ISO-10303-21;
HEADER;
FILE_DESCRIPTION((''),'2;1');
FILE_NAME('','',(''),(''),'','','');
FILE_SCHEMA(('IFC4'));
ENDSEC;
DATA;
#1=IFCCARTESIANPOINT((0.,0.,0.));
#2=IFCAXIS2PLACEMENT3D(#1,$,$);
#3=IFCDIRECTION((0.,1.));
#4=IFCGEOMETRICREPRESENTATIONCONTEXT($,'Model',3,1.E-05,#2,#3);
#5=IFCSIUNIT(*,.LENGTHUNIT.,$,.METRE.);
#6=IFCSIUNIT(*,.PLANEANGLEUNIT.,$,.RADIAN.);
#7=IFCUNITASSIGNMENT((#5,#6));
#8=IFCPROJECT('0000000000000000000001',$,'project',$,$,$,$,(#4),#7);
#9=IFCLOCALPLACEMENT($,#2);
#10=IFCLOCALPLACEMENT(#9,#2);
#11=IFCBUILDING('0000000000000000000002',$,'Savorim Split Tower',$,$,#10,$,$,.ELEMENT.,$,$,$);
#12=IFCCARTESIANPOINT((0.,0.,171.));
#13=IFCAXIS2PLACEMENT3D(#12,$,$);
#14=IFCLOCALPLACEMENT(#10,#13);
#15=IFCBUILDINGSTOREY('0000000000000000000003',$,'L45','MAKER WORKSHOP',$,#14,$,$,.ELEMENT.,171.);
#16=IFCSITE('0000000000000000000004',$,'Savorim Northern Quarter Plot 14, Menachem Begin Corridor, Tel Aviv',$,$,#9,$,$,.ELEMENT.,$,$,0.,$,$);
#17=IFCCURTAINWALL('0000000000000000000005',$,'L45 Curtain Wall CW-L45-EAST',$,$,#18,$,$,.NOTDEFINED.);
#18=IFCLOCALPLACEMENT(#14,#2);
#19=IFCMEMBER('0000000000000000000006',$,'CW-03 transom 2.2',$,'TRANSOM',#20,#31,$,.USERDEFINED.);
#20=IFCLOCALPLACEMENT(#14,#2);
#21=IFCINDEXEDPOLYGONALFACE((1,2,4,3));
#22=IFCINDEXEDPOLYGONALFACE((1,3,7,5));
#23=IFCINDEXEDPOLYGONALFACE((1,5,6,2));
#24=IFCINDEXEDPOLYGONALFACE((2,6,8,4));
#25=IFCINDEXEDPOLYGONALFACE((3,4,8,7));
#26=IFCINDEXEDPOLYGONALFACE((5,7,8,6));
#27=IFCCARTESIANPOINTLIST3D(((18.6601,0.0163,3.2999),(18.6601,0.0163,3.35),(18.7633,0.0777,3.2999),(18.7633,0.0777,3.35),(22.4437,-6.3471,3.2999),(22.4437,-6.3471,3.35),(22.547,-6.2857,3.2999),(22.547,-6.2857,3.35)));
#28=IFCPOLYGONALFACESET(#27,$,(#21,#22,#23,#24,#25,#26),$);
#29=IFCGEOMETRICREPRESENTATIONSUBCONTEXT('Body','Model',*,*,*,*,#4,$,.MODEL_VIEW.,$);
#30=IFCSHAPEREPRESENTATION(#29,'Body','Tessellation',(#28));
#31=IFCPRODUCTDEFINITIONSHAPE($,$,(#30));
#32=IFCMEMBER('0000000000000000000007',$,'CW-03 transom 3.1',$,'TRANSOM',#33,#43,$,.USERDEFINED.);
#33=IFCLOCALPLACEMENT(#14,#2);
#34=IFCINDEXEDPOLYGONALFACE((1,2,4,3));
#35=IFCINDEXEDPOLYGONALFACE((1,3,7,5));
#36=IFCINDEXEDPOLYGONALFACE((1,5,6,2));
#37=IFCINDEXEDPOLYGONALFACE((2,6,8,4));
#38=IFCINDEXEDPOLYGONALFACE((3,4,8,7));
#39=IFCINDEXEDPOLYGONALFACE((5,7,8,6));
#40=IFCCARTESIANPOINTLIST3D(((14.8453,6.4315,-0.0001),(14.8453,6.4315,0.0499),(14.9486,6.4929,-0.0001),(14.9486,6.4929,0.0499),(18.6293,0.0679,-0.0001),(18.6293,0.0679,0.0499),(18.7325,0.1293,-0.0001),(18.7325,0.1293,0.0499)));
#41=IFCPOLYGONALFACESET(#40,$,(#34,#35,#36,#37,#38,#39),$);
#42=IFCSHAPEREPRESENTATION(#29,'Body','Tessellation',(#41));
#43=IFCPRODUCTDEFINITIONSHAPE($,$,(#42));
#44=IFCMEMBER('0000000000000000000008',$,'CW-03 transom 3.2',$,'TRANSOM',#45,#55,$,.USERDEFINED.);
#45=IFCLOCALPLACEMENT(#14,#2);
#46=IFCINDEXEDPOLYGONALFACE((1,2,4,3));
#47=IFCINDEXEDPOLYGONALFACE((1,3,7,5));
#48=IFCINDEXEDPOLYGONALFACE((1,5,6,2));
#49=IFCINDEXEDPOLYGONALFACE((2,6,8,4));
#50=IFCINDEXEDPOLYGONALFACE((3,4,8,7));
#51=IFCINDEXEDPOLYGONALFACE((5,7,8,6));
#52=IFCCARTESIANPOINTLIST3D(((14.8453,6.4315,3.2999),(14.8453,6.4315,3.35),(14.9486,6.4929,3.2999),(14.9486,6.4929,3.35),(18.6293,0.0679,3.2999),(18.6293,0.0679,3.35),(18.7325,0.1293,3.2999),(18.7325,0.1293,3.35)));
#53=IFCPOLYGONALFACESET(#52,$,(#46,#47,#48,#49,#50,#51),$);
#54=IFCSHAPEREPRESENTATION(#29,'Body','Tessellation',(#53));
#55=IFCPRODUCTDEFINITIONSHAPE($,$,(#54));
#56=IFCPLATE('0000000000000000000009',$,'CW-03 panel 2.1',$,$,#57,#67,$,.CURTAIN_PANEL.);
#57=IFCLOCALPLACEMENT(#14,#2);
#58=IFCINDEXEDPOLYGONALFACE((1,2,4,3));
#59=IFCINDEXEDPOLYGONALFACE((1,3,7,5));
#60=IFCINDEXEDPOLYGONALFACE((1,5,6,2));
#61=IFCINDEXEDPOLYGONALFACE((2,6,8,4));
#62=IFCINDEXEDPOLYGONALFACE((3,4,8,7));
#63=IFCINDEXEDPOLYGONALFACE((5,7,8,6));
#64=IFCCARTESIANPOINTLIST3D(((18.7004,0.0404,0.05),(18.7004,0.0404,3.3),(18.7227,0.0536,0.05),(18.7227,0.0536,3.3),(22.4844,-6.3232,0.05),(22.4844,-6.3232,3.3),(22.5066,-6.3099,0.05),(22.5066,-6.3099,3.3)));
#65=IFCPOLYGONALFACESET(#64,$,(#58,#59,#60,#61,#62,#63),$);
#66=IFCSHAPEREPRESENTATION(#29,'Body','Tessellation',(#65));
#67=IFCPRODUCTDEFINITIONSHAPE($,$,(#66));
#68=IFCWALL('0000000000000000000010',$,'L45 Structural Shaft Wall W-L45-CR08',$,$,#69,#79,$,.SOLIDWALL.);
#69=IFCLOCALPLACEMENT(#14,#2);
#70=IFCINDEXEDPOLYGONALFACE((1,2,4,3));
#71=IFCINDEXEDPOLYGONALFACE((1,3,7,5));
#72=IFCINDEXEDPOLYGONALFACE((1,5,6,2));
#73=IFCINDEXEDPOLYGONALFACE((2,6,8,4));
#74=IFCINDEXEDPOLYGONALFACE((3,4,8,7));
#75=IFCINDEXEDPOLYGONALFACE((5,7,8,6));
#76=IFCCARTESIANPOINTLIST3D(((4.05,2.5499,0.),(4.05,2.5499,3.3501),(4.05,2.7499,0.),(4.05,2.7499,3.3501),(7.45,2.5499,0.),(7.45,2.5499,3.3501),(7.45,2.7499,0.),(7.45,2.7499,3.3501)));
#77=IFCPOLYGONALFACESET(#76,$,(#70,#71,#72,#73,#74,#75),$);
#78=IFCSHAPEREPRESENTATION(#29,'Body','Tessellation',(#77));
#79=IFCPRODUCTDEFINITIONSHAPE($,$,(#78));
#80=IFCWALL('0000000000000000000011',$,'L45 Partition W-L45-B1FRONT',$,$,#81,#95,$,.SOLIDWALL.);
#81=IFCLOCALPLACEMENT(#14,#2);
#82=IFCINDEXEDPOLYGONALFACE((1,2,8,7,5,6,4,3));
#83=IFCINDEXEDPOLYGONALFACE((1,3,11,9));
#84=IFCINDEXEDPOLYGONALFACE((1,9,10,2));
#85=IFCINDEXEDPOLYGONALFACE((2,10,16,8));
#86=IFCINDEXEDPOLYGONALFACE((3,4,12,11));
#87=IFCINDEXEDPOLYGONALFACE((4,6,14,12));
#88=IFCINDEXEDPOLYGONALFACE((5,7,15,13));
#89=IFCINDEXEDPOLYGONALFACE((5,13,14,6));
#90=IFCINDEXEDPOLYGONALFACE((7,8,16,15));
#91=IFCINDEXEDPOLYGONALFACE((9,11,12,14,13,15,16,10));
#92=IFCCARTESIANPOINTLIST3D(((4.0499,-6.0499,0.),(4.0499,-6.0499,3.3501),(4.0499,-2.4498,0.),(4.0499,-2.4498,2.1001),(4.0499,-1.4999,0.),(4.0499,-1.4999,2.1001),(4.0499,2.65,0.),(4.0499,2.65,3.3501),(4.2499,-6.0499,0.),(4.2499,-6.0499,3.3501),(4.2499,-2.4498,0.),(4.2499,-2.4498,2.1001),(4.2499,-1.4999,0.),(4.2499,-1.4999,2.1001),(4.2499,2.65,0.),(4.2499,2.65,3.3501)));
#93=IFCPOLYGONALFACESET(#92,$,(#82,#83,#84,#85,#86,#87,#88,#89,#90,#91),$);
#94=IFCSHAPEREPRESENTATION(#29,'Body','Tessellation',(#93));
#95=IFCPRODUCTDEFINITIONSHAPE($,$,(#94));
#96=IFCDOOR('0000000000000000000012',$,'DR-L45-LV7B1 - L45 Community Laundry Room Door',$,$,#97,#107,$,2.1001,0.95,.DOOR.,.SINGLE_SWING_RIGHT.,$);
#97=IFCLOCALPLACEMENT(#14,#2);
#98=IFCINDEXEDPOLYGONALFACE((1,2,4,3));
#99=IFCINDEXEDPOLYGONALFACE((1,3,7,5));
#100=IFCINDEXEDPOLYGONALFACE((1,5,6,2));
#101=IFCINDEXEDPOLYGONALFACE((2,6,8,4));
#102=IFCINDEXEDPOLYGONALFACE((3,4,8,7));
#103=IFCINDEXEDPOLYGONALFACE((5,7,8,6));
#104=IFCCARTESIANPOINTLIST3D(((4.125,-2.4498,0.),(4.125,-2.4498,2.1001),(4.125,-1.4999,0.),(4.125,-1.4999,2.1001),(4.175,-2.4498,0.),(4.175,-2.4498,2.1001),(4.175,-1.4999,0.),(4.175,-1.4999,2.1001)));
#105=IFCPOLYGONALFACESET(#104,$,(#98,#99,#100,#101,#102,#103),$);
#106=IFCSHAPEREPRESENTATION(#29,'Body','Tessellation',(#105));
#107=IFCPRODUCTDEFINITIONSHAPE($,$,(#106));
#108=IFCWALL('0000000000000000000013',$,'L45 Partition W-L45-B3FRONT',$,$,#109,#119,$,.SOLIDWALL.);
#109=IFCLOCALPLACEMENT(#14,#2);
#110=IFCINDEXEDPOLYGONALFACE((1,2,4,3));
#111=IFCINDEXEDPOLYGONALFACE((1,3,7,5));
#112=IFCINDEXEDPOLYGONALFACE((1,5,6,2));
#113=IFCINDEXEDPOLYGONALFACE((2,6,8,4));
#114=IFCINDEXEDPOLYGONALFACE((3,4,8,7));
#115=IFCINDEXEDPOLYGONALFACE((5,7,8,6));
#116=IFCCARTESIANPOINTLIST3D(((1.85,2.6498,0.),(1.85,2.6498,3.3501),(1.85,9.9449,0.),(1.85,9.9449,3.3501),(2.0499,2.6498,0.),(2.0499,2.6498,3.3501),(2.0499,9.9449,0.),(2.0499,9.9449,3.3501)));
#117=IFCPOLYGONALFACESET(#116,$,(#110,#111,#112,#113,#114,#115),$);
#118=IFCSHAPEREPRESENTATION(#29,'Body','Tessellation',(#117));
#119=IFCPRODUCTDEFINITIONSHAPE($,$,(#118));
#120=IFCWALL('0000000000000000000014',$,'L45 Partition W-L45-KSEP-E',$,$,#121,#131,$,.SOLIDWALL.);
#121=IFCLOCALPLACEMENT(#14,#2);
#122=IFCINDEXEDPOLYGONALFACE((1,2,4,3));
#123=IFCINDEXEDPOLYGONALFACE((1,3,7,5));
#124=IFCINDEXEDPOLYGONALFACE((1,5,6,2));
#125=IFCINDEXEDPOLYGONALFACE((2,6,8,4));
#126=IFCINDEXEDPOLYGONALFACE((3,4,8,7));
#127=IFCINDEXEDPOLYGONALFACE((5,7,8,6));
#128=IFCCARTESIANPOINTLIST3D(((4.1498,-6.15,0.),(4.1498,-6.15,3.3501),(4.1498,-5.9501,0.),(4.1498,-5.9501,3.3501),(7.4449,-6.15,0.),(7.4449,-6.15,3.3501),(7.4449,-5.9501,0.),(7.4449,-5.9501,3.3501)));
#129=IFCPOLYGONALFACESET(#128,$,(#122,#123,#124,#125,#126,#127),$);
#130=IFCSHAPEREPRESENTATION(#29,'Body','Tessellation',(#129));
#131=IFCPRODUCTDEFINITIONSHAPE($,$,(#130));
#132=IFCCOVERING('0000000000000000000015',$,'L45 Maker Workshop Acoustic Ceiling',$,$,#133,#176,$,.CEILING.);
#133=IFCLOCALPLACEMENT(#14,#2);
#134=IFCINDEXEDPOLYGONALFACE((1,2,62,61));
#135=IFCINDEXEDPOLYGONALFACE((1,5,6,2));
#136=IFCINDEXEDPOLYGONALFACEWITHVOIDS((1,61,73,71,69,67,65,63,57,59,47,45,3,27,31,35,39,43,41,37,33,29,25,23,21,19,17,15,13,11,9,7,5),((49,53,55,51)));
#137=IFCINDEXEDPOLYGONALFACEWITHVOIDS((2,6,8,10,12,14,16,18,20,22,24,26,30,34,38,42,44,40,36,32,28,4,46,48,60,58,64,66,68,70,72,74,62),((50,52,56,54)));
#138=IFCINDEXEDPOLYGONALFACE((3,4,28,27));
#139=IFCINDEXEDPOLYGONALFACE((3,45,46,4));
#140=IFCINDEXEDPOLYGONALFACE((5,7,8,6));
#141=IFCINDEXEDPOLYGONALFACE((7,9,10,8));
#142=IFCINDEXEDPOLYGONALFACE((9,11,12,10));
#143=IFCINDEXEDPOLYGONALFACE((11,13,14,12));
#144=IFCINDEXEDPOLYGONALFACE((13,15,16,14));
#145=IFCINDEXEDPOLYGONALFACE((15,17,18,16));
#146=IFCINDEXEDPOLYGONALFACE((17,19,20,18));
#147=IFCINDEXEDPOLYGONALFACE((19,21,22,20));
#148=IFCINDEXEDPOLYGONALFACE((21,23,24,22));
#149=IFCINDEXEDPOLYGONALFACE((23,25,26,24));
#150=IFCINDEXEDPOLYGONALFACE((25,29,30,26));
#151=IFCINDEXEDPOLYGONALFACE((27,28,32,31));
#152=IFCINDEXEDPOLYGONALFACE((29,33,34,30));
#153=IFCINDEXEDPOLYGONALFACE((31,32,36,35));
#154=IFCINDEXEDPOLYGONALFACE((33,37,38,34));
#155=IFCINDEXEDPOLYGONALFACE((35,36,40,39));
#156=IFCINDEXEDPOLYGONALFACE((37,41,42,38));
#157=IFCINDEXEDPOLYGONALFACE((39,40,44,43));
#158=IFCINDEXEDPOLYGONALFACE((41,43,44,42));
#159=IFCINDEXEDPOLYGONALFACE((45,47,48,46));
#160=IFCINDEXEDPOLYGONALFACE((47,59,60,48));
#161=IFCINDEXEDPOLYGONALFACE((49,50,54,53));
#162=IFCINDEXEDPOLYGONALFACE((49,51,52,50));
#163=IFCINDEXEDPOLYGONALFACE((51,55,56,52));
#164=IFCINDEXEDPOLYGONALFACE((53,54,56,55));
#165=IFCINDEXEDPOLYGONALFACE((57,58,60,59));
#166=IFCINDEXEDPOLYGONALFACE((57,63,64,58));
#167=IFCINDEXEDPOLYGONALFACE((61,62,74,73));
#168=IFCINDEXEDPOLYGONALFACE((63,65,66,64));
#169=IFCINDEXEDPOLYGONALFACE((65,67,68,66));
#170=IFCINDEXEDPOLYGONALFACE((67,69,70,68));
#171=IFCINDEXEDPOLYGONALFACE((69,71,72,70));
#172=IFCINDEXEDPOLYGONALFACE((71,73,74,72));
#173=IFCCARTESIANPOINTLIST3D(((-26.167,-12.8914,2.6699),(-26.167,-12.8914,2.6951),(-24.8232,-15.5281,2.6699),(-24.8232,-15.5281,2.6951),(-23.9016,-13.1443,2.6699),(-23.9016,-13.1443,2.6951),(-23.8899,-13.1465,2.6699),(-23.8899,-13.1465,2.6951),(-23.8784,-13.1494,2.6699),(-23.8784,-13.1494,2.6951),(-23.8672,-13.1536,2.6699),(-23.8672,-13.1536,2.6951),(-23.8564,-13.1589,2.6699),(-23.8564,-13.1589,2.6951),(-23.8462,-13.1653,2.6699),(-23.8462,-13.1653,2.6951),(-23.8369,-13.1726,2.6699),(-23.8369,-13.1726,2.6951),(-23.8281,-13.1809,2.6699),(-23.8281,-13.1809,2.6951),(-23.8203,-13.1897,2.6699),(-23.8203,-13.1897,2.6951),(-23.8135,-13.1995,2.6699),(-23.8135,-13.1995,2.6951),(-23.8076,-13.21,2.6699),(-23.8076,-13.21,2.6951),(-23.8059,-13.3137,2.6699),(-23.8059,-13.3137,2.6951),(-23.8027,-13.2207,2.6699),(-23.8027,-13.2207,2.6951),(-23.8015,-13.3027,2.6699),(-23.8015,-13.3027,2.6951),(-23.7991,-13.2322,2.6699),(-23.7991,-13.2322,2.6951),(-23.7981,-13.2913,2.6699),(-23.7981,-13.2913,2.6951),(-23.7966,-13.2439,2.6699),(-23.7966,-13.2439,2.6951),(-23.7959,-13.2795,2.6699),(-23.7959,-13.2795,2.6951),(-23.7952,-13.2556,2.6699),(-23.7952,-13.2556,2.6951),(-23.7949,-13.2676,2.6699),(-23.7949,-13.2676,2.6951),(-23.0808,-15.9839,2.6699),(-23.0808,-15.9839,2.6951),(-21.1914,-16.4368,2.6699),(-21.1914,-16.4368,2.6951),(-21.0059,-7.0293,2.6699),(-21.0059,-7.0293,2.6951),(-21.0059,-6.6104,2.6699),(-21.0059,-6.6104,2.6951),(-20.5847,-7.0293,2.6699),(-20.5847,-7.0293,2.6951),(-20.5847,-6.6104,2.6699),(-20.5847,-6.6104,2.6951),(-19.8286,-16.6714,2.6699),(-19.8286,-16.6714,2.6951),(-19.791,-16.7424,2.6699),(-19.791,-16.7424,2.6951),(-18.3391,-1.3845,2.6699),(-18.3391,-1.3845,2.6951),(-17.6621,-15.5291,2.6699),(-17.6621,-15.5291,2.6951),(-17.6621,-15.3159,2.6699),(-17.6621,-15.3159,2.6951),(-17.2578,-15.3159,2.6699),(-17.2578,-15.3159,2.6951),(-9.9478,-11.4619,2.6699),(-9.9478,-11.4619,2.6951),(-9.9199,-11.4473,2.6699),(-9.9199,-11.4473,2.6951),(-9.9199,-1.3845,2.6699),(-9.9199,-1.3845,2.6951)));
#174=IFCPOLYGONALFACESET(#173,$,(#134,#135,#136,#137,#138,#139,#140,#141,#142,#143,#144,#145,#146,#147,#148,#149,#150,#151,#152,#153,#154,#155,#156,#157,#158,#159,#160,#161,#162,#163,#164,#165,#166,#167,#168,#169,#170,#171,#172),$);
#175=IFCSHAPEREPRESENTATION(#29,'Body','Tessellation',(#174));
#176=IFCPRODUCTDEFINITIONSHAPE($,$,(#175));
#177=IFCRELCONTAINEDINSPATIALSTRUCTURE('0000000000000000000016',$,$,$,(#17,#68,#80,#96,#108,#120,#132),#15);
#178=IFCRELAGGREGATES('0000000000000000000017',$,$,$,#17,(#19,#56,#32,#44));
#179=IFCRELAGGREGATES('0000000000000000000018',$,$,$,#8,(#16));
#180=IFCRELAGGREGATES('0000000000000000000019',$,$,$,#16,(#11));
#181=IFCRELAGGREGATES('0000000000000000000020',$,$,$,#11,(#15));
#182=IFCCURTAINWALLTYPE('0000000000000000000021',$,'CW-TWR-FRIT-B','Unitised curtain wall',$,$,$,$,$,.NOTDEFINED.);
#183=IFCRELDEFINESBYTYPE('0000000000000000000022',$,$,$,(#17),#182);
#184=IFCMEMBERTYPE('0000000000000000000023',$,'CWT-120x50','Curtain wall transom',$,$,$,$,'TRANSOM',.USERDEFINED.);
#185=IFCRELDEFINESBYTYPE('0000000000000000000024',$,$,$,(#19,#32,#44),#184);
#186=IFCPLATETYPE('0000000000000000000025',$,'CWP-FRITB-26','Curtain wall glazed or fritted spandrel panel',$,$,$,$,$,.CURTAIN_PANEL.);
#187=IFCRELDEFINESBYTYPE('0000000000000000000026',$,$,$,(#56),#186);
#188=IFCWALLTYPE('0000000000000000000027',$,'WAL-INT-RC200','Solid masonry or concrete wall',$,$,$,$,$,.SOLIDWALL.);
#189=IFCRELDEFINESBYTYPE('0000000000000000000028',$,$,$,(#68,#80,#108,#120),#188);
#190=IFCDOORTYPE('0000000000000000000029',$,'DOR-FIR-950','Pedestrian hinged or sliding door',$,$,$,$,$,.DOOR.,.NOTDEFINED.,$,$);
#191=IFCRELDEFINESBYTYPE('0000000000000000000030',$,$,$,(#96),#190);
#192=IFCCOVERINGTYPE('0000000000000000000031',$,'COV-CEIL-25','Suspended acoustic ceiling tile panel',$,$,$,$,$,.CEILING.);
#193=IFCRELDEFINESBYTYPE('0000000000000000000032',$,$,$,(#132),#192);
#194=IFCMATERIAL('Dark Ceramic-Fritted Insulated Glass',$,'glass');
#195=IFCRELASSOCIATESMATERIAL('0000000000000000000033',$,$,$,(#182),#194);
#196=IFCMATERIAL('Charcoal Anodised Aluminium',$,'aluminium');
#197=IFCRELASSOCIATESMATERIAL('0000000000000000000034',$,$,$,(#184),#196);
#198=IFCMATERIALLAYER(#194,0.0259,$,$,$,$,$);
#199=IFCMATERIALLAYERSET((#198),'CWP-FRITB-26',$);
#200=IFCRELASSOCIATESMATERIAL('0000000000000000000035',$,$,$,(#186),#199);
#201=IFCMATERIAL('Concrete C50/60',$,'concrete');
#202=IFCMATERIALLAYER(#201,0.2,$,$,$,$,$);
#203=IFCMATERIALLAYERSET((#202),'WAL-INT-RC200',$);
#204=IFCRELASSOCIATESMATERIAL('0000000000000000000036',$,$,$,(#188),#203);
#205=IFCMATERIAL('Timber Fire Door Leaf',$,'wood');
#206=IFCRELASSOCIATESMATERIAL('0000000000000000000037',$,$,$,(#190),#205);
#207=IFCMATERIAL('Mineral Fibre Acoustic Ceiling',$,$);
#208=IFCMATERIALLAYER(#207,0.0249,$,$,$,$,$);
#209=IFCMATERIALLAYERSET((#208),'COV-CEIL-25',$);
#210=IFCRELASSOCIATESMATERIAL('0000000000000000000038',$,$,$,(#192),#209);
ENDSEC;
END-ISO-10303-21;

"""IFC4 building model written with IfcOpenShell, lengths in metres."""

from ifc_helpers import new_model, si_unit, direction, frame, frame_2d, origin, origin_2d, place, context, subcontext, project, spatial, polyline, rectangle, outline, extrude, material, layer, layer_set, material_profile, profile_set, type_object, element, fill, aggregate, save


model = new_model("IFC4")

# Units and contexts
model_context = context("Model", 3, precision=1e-05, world=origin(), true_north=direction((0.0, 1.0)))
body_context = subcontext(model_context, "Body", "Model", "MODEL_VIEW")
ifc_project = project(units=[si_unit("LENGTHUNIT", "METRE"), si_unit("PLANEANGLEUNIT", "RADIAN")], contexts=[model_context])

# Site, building, storey
site_placement = place(None, origin())
site = spatial("IfcSite", under=ifc_project, at=site_placement, Name="Savorim Northern Quarter Plot 14, Menachem Begin Corridor, Tel Aviv", CompositionType="ELEMENT", RefElevation=0.0)
building_placement = place(site_placement, origin())
building = spatial("IfcBuilding", under=site, at=building_placement, Name="Savorim Split Tower", CompositionType="ELEMENT")
storey_placement = place(building_placement, frame((0.0, 0.0, 171.0)))
storey = spatial("IfcBuildingStorey", under=building, at=storey_placement, Name="L45", Description="MAKER WORKSHOP", CompositionType="ELEMENT", Elevation=171.0)

# Curtain wall, members, plate
ifc_material_1 = material(Name="Dark Ceramic-Fritted Insulated Glass", Category="glass")
curtain_wall_type = type_object("IfcCurtainWallType", Name="CW-TWR-FRIT-B", Description="Unitised curtain wall", PredefinedType="NOTDEFINED", material=ifc_material_1)
curtain_wall_placement = place(storey_placement, origin())
curtain_wall = element("IfcCurtainWall", 1, at=curtain_wall_placement, inside=storey, type_object=curtain_wall_type, Name="L45 Curtain Wall CW-L45-EAST", PredefinedType="NOTDEFINED")
ifc_material_2 = material(Name="Charcoal Anodised Aluminium", Category="aluminium")
ifc_material_profile_1 = material_profile(ifc_material_2, rectangle(XDim=0.1201, YDim=0.05, at=origin_2d()), Name="ALU-T 120x50")
ifc_profile_set_1 = profile_set([ifc_material_profile_1], Name="Charcoal Anodised Aluminium")
member_type_1 = type_object("IfcMemberType", Name="CWT-120x50", Description="Curtain wall transom", ElementType="TRANSOM", PredefinedType="USERDEFINED", material=ifc_profile_set_1)
member_1_placement = place(storey_placement, frame((22.4954, -6.3164, 3.325), z_axis=(-0.511073, 0.859537, 0.0), x_axis=(-0.859537, -0.511073, 0.0)))
member_1 = element("IfcMember", 2, at=member_1_placement, type_object=member_type_1, Name="CW-03 transom 2.2", ObjectType="TRANSOM", PredefinedType="USERDEFINED", context=body_context, shape_type="SweptSolid", body=[
    extrude(rectangle(XDim=0.1201, YDim=0.05, at=origin_2d()), origin(), (0.0, 0.0, 1.0), 7.4033),
])
member_2_placement = place(storey_placement, frame((18.6809, 0.0986, 0.0249), z_axis=(-0.511097, 0.859523, 0.0), x_axis=(-0.859523, -0.511097, 0.0)))
member_2 = element("IfcMember", 3, at=member_2_placement, type_object=member_type_1, Name="CW-03 transom 3.1", ObjectType="TRANSOM", PredefinedType="USERDEFINED", context=body_context, shape_type="SweptSolid", body=[
    extrude(rectangle(XDim=0.1201, YDim=0.05, at=origin_2d()), origin(), (0.0, 0.0, 1.0), 7.4036),
])
member_3_placement = place(storey_placement, frame((18.6809, 0.0986, 3.325), z_axis=(-0.511097, 0.859523, 0.0), x_axis=(-0.859523, -0.511097, 0.0)))
member_3 = element("IfcMember", 4, at=member_3_placement, type_object=member_type_1, Name="CW-03 transom 3.2", ObjectType="TRANSOM", PredefinedType="USERDEFINED", context=body_context, shape_type="SweptSolid", body=[
    extrude(rectangle(XDim=0.1201, YDim=0.05, at=origin_2d()), origin(), (0.0, 0.0, 1.0), 7.4036),
])
ifc_layer_1 = layer(ifc_material_1, 0.0259)
ifc_layer_set_1 = layer_set([ifc_layer_1], Name="CWP-FRITB-26")
plate_type = type_object("IfcPlateType", Name="CWP-FRITB-26", Description="Curtain wall glazed or fritted spandrel panel", PredefinedType="CURTAIN_PANEL", material=ifc_layer_set_1)
plate_placement = place(storey_placement, frame((20.6035, -3.1348, 0.05), z_axis=(0.0, 0.0, 1.0), x_axis=(-0.511094, 0.859525, 0.0)))
plate = element("IfcPlate", 5, at=plate_placement, type_object=plate_type, Name="CW-03 panel 2.1", PredefinedType="CURTAIN_PANEL", context=body_context, shape_type="SweptSolid", body=[
    extrude(rectangle(XDim=7.4036, YDim=0.0259, at=origin_2d()), origin(), (0.0, 0.0, 1.0), 3.25),
])
aggregate(curtain_wall, [member_1, plate, member_2, member_3])

# Wall
ifc_material_3 = material(Name="Concrete C50/60", Category="concrete")
ifc_layer_2 = layer(ifc_material_3, 0.2)
ifc_layer_set_2 = layer_set([ifc_layer_2], Name="WAL-INT-RC200")
wall_type = type_object("IfcWallType", Name="WAL-INT-RC200", Description="Solid masonry or concrete wall", PredefinedType="SOLIDWALL", material=ifc_layer_set_2)
wall_1_placement = place(storey_placement, frame((4.05, 2.6499, 0.0), z_axis=(0.0, 0.0, 1.0), x_axis=(1.0, 0.0, 0.0)))
element("IfcWall", 6, at=wall_1_placement, inside=storey, type_object=wall_type, Name="L45 Structural Shaft Wall W-L45-CR08", PredefinedType="SOLIDWALL", context=body_context, shape_type="SweptSolid", body=[
    extrude(rectangle(XDim=3.3999, YDim=0.2, at=frame_2d((1.7, 0.0))), origin(), (0.0, 0.0, 1.0), 3.3501),
])

# Wall, opening, door
wall_2_placement = place(storey_placement, frame((4.1499, -6.05, 0.0), z_axis=(0.0, 0.0, 1.0), x_axis=(0.0, 1.0, 0.0)))
wall_2 = element("IfcWall", 7, at=wall_2_placement, inside=storey, type_object=wall_type, Name="L45 Partition W-L45-B1FRONT", PredefinedType="SOLIDWALL", context=body_context, shape_type="SweptSolid", body=[
    extrude(rectangle(XDim=8.7, YDim=0.2, at=frame_2d((4.3501, 0.0))), origin(), (0.0, 0.0, 1.0), 3.3501),
])
opening_placement = place(wall_2_placement, frame((3.6001, 0.0, 0.0)))
opening = element("IfcOpeningElement", 8, at=opening_placement, cuts=wall_2, PredefinedType="OPENING", context=body_context, shape_type="SweptSolid", body=[
    extrude(rectangle(XDim=0.95, YDim=2.1001, at=frame_2d((0.4751, 1.05))), frame((0.0, 0.1099, 0.0), z_axis=(0.0, -1.0, 0.0), x_axis=(1.0, 0.0, 0.0)), (0.0, 0.0, 1.0), 0.22),
])
ifc_material_4 = material(Name="Timber Fire Door Leaf", Category="wood")
door_type = type_object("IfcDoorType", Name="DOR-FIR-950", Description="Pedestrian hinged or sliding door", OperationType="NOTDEFINED", PredefinedType="DOOR", material=ifc_material_4)
door_placement = place(opening_placement, origin())
door = element("IfcDoor", 9, at=door_placement, inside=storey, type_object=door_type, Name="DR-L45-LV7B1 - L45 Community Laundry Room Door", OperationType="SINGLE_SWING_RIGHT", OverallHeight=2.1001, OverallWidth=0.95, PredefinedType="DOOR", context=body_context, shape_type="SweptSolid", body=[
    extrude(rectangle(XDim=0.95, YDim=2.1001, at=frame_2d((0.4751, 1.05))), frame((0.0, 0.0249, 0.0), z_axis=(0.0, -1.0, 0.0), x_axis=(1.0, 0.0, 0.0)), (0.0, 0.0, 1.0), 0.05),
])
fill(opening, door)

# Walls
wall_3_placement = place(storey_placement, frame((1.95, 2.6499, 0.0), z_axis=(0.0, 0.0, 1.0), x_axis=(0.0, 1.0, 0.0)))
element("IfcWall", 10, at=wall_3_placement, inside=storey, type_object=wall_type, Name="L45 Partition W-L45-B3FRONT", PredefinedType="SOLIDWALL", context=body_context, shape_type="SweptSolid", body=[
    extrude(rectangle(XDim=7.2952, YDim=0.2, at=frame_2d((3.6475, 0.0))), origin(), (0.0, 0.0, 1.0), 3.3501),
])
wall_4_placement = place(storey_placement, frame((4.1499, -6.05, 0.0), z_axis=(0.0, 0.0, 1.0), x_axis=(1.0, 0.0, 0.0)))
element("IfcWall", 11, at=wall_4_placement, inside=storey, type_object=wall_type, Name="L45 Partition W-L45-KSEP-E", PredefinedType="SOLIDWALL", context=body_context, shape_type="SweptSolid", body=[
    extrude(rectangle(XDim=3.2952, YDim=0.2, at=frame_2d((1.6475, 0.0))), origin(), (0.0, 0.0, 1.0), 3.3501),
])

# Covering
ifc_material_5 = material(Name="Mineral Fibre Acoustic Ceiling")
ifc_layer_3 = layer(ifc_material_5, 0.0249)
ifc_layer_set_3 = layer_set([ifc_layer_3], Name="COV-CEIL-25")
covering_type_1 = type_object("IfcCoveringType", Name="COV-CEIL-25", Description="Suspended acoustic ceiling tile panel", PredefinedType="CEILING", material=ifc_layer_set_3)
covering_1_placement = place(storey_placement, frame((0.0, 0.0, 2.6699)))
element("IfcCovering", 12, at=covering_1_placement, inside=storey, type_object=covering_type_1, Name="L45 Maker Workshop Acoustic Ceiling", PredefinedType="CEILING", context=body_context, shape_type="SweptSolid", body=[
    extrude(outline(polyline([(-23.7952, -13.2556), (-23.7949, -13.2676), (-23.7959, -13.2795), (-23.7981, -13.2913), (-23.8015, -13.3027), (-23.8059, -13.3137), (-24.8232, -15.5281), (-23.0808, -15.9839), (-21.1914, -16.4368), (-19.791, -16.7424), (-19.8286, -16.6714), (-17.6621, -15.5291), (-17.6621, -15.3159), (-17.2578, -15.3159), (-9.9478, -11.4619), (-9.9199, -11.4473), (-9.9199, -1.3845), (-18.3391, -1.3845), (-26.167, -12.8914), (-23.9016, -13.1443), (-23.8899, -13.1465), (-23.8784, -13.1494), (-23.8672, -13.1536), (-23.8564, -13.1589), (-23.8462, -13.1653), (-23.8369, -13.1726), (-23.8281, -13.1809), (-23.8203, -13.1897), (-23.8135, -13.1995), (-23.8076, -13.21), (-23.8027, -13.2207), (-23.7991, -13.2322), (-23.7966, -13.2439), (-23.7952, -13.2556)]), holes=[polyline([(-21.0059, -7.0293), (-20.5847, -7.0293), (-20.5847, -6.6104), (-21.0059, -6.6104), (-21.0059, -7.0293)])]), origin(), (0.0, 0.0, 1.0), 0.0251),
])

save(model, "model.ifc")
